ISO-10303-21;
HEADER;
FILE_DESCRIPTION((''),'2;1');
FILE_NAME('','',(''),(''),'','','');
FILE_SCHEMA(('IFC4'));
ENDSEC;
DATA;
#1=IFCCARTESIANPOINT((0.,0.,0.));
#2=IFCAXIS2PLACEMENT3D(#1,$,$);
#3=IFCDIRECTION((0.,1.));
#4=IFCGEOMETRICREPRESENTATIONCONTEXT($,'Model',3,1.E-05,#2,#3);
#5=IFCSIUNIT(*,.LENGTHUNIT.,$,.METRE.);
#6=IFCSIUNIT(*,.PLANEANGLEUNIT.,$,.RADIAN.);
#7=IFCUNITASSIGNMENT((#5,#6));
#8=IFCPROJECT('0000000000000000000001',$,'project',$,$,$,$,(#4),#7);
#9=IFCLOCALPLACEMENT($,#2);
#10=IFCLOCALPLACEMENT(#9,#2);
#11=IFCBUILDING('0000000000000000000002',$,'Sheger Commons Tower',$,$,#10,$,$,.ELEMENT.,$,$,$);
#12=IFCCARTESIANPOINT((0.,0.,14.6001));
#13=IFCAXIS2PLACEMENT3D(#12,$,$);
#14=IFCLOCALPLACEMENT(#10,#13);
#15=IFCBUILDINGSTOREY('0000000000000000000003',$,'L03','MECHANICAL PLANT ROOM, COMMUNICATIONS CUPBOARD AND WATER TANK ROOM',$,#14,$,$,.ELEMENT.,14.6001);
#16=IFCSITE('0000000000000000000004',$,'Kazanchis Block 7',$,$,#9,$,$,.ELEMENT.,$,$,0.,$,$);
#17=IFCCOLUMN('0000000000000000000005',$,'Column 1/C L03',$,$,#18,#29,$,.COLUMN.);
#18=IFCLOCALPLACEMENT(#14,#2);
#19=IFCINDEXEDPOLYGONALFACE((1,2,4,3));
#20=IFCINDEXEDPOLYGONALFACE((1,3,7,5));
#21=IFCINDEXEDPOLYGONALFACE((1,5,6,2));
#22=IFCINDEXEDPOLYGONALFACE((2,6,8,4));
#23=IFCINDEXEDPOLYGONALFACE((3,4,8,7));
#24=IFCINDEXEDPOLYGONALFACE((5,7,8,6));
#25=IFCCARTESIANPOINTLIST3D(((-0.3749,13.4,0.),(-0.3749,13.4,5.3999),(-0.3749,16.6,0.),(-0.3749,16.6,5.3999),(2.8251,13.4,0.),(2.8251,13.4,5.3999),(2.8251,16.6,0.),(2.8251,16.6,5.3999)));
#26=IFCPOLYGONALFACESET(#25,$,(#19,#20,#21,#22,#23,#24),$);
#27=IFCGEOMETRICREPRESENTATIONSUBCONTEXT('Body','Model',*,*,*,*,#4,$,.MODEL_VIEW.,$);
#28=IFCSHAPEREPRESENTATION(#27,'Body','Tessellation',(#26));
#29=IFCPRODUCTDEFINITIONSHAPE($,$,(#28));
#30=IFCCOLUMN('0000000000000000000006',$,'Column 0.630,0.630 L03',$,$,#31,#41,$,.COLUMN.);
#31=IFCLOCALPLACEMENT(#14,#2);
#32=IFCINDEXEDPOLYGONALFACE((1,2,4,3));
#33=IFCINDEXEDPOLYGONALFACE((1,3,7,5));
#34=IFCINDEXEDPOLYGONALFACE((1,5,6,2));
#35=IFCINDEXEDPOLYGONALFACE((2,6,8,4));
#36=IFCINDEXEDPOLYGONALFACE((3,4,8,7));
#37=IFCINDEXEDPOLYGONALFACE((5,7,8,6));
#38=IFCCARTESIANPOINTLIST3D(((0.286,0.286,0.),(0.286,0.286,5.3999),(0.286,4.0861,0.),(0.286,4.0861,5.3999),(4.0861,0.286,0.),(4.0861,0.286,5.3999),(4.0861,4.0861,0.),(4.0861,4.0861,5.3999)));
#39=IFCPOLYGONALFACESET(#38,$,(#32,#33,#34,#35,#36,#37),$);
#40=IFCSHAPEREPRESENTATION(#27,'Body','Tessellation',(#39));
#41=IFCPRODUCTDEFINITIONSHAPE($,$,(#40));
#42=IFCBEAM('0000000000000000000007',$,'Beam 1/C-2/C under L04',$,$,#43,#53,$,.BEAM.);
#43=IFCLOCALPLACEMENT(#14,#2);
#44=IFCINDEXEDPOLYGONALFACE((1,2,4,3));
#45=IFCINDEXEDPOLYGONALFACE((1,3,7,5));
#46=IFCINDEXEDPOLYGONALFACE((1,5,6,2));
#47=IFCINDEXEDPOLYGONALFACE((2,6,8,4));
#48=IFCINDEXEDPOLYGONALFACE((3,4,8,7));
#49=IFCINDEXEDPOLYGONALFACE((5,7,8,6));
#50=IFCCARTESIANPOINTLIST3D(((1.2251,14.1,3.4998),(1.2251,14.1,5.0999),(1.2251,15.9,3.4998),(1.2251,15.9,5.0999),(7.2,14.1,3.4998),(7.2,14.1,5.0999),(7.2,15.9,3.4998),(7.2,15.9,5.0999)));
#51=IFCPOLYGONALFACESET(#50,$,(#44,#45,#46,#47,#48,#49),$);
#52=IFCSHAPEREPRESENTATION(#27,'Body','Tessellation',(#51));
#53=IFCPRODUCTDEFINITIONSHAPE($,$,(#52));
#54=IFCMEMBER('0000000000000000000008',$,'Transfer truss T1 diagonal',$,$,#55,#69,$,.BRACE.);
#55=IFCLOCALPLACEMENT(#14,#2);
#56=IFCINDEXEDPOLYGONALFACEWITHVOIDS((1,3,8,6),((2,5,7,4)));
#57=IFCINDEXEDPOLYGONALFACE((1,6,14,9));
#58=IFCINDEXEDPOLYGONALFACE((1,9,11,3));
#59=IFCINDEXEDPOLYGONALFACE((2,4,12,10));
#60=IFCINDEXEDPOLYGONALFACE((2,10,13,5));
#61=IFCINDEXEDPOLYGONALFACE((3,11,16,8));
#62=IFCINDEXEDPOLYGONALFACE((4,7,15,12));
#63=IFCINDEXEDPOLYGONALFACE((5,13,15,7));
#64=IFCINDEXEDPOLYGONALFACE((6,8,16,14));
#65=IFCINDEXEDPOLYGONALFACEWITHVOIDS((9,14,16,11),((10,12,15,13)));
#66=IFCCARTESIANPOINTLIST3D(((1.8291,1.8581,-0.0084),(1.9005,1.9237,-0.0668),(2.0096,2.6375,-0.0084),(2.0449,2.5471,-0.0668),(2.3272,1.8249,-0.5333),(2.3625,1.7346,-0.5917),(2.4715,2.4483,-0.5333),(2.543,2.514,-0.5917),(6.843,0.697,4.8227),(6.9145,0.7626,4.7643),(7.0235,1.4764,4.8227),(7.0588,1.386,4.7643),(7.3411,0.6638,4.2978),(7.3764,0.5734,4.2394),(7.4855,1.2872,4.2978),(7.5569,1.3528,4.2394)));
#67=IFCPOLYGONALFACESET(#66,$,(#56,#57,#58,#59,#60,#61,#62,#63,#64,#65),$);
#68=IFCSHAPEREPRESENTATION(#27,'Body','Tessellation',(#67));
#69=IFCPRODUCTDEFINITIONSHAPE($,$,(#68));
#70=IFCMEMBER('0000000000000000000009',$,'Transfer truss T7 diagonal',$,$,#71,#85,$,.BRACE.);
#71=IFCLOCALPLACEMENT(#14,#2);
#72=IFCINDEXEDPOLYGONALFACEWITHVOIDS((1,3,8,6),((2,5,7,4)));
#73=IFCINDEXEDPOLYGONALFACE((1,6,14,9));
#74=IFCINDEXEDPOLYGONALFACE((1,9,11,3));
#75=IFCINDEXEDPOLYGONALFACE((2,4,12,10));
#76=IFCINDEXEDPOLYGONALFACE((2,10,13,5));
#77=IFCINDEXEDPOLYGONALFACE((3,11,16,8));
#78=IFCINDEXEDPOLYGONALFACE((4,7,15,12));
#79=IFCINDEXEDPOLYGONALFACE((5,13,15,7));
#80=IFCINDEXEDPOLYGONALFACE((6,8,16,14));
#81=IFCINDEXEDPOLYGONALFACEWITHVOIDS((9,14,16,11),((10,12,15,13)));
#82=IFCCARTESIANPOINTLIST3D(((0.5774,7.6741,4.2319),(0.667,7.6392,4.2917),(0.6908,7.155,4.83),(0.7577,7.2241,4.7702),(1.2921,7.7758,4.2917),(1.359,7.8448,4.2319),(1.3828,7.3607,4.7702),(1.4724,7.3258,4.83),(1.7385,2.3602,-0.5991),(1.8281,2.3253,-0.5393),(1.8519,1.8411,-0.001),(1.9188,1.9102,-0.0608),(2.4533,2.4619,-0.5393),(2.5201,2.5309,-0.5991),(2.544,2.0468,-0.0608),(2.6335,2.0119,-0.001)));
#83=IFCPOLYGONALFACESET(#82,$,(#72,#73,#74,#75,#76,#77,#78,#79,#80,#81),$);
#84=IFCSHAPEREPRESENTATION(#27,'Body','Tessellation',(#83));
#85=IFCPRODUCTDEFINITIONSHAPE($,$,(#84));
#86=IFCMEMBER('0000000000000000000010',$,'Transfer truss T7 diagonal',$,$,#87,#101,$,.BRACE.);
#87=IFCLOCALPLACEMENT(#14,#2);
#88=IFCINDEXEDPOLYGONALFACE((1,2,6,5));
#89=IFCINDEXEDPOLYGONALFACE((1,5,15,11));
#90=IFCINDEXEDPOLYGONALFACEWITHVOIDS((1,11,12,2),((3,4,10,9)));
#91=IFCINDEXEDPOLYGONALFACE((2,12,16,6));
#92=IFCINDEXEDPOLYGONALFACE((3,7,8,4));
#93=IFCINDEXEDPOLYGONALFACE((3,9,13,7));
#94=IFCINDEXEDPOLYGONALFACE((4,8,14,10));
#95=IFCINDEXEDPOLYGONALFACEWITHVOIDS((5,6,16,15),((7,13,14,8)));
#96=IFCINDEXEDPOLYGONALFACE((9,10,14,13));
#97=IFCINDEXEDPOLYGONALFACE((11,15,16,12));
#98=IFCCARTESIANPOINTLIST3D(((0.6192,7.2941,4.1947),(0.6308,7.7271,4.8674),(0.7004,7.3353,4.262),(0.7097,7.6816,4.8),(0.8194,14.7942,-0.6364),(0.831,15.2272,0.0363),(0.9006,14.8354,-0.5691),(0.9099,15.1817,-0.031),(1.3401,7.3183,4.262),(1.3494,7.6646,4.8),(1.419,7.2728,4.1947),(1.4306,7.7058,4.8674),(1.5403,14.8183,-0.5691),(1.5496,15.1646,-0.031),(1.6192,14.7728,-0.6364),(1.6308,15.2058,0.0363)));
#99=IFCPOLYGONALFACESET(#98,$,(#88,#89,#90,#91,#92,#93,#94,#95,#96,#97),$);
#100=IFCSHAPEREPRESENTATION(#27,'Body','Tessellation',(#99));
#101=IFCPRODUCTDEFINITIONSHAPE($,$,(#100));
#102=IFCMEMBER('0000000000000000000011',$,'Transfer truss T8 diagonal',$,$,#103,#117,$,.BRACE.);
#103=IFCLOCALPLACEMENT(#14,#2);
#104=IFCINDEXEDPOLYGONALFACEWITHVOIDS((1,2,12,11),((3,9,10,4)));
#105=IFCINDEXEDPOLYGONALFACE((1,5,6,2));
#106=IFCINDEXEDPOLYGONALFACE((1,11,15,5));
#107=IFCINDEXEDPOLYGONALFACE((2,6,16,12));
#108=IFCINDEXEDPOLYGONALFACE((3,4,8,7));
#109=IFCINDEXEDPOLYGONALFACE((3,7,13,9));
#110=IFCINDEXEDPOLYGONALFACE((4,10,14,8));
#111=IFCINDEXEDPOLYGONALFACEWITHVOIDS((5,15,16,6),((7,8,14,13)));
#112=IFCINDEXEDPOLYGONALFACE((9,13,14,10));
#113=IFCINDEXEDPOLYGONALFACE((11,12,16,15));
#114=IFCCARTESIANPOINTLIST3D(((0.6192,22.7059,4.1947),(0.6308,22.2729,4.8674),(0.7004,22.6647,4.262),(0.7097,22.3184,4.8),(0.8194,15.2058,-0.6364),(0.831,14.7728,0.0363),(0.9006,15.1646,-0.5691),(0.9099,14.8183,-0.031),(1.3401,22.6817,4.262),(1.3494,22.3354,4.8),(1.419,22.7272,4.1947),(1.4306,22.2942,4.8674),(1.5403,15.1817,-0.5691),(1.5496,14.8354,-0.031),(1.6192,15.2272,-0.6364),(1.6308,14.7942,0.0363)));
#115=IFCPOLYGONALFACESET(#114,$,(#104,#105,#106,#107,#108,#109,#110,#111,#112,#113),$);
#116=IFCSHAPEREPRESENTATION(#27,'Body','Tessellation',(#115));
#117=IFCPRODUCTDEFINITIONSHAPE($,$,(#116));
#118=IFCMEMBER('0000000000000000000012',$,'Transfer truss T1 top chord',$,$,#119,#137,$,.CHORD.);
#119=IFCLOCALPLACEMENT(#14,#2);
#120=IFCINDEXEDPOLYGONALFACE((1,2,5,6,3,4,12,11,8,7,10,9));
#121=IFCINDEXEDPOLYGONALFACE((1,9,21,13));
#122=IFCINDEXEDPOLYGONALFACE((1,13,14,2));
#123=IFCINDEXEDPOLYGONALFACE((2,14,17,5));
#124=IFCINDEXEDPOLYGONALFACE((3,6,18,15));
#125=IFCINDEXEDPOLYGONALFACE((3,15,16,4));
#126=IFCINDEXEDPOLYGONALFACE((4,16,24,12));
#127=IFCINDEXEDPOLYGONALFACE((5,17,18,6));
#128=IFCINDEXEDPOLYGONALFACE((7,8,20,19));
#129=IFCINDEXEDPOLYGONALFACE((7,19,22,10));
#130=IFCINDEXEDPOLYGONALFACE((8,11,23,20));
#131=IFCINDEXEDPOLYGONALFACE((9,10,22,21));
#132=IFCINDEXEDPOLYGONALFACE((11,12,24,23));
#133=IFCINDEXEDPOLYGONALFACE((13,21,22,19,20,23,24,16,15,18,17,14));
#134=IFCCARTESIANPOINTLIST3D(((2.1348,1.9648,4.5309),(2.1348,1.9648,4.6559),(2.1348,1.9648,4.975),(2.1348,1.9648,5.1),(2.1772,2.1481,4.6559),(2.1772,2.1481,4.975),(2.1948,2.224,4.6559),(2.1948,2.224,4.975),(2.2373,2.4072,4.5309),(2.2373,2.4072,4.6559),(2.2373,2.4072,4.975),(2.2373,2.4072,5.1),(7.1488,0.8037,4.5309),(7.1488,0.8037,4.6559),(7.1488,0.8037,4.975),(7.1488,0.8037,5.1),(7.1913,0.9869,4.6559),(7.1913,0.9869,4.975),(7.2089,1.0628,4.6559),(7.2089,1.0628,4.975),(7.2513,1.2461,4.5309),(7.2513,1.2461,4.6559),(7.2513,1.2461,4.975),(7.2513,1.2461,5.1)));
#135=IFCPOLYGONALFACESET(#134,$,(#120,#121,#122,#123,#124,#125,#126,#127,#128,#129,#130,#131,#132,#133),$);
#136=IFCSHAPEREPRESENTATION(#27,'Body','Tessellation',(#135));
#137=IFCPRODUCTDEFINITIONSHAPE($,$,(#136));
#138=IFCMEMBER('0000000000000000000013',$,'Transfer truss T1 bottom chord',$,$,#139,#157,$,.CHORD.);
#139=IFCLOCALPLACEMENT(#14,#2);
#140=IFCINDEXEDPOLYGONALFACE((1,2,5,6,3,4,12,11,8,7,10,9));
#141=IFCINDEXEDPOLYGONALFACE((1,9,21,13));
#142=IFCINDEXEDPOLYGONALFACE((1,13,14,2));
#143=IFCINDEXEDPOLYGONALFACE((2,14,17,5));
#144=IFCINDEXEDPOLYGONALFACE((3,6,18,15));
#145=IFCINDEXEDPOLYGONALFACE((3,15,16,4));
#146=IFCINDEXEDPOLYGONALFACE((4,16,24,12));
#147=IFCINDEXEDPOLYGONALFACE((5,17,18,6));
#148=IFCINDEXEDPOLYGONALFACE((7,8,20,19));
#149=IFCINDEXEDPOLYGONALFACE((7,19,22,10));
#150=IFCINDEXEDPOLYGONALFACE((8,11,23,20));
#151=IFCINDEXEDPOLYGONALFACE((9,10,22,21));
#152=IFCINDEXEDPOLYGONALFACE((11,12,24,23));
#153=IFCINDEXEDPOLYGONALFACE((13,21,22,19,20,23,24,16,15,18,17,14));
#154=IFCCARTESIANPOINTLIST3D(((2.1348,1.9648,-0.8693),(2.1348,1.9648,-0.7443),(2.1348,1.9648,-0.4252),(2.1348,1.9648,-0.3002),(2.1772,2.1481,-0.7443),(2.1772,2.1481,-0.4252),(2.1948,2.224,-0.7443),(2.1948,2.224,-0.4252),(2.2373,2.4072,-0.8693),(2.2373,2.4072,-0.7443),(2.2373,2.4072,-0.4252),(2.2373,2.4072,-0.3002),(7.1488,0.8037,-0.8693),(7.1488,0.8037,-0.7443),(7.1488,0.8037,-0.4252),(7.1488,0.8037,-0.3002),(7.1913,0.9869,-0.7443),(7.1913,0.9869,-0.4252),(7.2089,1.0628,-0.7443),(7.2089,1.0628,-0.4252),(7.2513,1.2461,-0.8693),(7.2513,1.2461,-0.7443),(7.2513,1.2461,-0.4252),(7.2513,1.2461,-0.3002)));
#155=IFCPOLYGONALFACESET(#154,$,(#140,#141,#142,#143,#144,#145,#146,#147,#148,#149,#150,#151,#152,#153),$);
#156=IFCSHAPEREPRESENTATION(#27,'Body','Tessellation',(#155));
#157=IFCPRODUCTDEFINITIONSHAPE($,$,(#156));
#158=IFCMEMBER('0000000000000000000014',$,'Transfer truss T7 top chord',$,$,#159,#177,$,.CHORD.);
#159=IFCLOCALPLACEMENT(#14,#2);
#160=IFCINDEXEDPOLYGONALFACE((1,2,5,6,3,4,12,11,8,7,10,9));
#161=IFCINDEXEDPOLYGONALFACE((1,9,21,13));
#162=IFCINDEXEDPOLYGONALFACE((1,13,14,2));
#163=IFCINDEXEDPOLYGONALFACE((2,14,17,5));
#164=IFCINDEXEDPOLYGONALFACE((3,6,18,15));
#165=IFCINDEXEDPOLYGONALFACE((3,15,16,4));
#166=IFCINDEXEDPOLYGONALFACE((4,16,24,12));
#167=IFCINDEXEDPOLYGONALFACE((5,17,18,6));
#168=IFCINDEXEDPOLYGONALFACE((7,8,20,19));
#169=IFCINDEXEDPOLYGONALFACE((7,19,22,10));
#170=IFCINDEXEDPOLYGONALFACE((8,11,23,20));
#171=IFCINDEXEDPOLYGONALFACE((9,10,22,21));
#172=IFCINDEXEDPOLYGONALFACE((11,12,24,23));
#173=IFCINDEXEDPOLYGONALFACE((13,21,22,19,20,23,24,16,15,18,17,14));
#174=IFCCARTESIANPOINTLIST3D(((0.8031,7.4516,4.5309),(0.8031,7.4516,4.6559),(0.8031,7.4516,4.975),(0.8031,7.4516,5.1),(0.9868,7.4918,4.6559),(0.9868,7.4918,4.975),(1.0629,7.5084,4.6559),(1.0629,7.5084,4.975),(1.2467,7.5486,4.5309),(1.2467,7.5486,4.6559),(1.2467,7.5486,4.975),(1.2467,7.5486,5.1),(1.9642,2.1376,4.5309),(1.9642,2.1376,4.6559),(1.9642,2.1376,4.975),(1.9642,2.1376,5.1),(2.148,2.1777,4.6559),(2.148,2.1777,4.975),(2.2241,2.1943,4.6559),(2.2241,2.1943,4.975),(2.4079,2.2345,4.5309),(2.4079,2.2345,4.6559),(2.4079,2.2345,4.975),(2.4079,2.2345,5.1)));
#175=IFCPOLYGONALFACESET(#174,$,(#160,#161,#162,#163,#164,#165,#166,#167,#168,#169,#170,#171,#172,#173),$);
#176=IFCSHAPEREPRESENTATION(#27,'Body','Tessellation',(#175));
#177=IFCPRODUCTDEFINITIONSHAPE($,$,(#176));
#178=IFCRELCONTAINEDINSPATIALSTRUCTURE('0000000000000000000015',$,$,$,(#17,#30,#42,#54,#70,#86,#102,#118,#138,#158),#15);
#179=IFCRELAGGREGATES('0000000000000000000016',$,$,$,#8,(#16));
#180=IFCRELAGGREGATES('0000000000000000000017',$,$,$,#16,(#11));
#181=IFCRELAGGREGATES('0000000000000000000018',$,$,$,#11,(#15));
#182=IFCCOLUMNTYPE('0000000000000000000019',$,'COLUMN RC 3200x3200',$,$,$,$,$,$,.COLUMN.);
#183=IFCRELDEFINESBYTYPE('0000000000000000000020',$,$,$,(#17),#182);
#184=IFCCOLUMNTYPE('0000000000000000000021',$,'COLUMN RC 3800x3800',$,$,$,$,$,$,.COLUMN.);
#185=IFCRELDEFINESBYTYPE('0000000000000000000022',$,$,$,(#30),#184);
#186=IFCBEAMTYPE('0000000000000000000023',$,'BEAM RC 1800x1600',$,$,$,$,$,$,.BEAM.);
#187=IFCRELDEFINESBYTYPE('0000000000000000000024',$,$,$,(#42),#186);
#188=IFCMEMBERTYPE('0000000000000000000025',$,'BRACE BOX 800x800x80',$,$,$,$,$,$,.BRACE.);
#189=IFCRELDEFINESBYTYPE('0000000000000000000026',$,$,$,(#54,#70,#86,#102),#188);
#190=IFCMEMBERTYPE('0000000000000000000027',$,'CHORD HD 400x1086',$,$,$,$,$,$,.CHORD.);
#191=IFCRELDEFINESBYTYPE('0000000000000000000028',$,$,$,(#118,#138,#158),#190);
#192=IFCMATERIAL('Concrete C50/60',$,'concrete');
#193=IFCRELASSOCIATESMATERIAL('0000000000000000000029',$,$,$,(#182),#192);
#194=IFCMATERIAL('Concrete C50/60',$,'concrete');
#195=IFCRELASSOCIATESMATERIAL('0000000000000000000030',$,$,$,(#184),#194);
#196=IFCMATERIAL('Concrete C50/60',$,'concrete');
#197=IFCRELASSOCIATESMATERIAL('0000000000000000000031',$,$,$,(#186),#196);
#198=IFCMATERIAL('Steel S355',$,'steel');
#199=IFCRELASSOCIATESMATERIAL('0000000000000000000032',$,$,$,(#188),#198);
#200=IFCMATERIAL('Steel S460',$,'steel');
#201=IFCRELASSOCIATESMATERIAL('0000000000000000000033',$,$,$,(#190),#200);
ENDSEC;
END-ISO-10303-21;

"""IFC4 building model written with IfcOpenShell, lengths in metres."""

from ifc_helpers import new_model, si_unit, direction, frame, origin, origin_2d, place, context, subcontext, project, spatial, rectangle, hollow_rectangle, i_section, extrude, material, material_profile, profile_set, type_object, element, save


model = new_model("IFC4")

# Units and contexts
model_context = context("Model", 3, precision=1e-05, world=origin(), true_north=direction((0.0, 1.0)))
body_context = subcontext(model_context, "Body", "Model", "MODEL_VIEW")
ifc_project = project(units=[si_unit("LENGTHUNIT", "METRE"), si_unit("PLANEANGLEUNIT", "RADIAN")], contexts=[model_context])

# Site, building, storey
site_placement = place(None, origin())
site = spatial("IfcSite", under=ifc_project, at=site_placement, Name="Kazanchis Block 7", CompositionType="ELEMENT", RefElevation=0.0)
building_placement = place(site_placement, origin())
building = spatial("IfcBuilding", under=site, at=building_placement, Name="Sheger Commons Tower", CompositionType="ELEMENT")
storey_placement = place(building_placement, frame((0.0, 0.0, 14.6001)))
storey = spatial("IfcBuildingStorey", under=building, at=storey_placement, Name="L03", Description="MECHANICAL PLANT ROOM, COMMUNICATIONS CUPBOARD AND WATER TANK ROOM", CompositionType="ELEMENT", Elevation=14.6001)

# Columns
ifc_material_1 = material(Name="Concrete C50/60", Category="concrete")
ifc_material_profile_1 = material_profile(ifc_material_1, rectangle(XDim=3.2, YDim=3.2, at=origin_2d()), Name="RC 3200x3200")
ifc_profile_set_1 = profile_set([ifc_material_profile_1], Name="Concrete C50/60")
column_type_1 = type_object("IfcColumnType", Name="COLUMN RC 3200x3200", PredefinedType="COLUMN", material=ifc_profile_set_1)
column_1_placement = place(storey_placement, frame((1.2251, 15.0, 0.0), z_axis=(0.0, 0.0, 1.0), x_axis=(1.0, 0.0, 0.0)))
element("IfcColumn", 1, at=column_1_placement, inside=storey, type_object=column_type_1, Name="Column 1/C L03", PredefinedType="COLUMN", context=body_context, shape_type="SweptSolid", body=[
    extrude(rectangle(XDim=3.2, YDim=3.2, at=origin_2d()), origin(), (0.0, 0.0, 1.0), 5.3999),
])
ifc_material_2 = material(Name="Concrete C50/60", Category="concrete")
ifc_material_profile_2 = material_profile(ifc_material_2, rectangle(XDim=3.8, YDim=3.8, at=origin_2d()), Name="RC 3800x3800")
ifc_profile_set_2 = profile_set([ifc_material_profile_2], Name="Concrete C50/60")
column_type_2 = type_object("IfcColumnType", Name="COLUMN RC 3800x3800", PredefinedType="COLUMN", material=ifc_profile_set_2)
column_2_placement = place(storey_placement, frame((2.186, 2.186, 0.0), z_axis=(0.0, 0.0, 1.0), x_axis=(1.0, 0.0, 0.0)))
element("IfcColumn", 2, at=column_2_placement, inside=storey, type_object=column_type_2, Name="Column 0.630,0.630 L03", PredefinedType="COLUMN", context=body_context, shape_type="SweptSolid", body=[
    extrude(rectangle(XDim=3.8, YDim=3.8, at=origin_2d()), origin(), (0.0, 0.0, 1.0), 5.3999),
])

# Beam
ifc_material_3 = material(Name="Concrete C50/60", Category="concrete")
ifc_material_profile_3 = material_profile(ifc_material_3, rectangle(XDim=1.8, YDim=1.6001, at=origin_2d()), Name="RC 1800x1600")
ifc_profile_set_3 = profile_set([ifc_material_profile_3], Name="Concrete C50/60")
beam_type = type_object("IfcBeamType", Name="BEAM RC 1800x1600", PredefinedType="BEAM", material=ifc_profile_set_3)
beam_placement = place(storey_placement, frame((1.2251, 15.0, 4.2998), z_axis=(1.0, 0.0, 0.0), x_axis=(0.0, 1.0, 0.0)))
element("IfcBeam", 3, at=beam_placement, inside=storey, type_object=beam_type, Name="Beam 1/C-2/C under L04", PredefinedType="BEAM", context=body_context, shape_type="SweptSolid", body=[
    extrude(rectangle(XDim=1.8, YDim=1.6001, at=origin_2d()), origin(), (0.0, 0.0, 1.0), 5.9749),
])

# Members
ifc_material_4 = material(Name="Steel S355", Category="steel")
ifc_material_profile_4 = material_profile(ifc_material_4, hollow_rectangle(XDim=0.8, YDim=0.8, WallThickness=0.0801, at=origin_2d()), Name="BOX 800x800x80")
ifc_profile_set_4 = profile_set([ifc_material_profile_4], Name="Steel S355")
member_type_1 = type_object("IfcMemberType", Name="BRACE BOX 800x800x80", PredefinedType="BRACE", material=ifc_profile_set_4)
member_1_placement = place(storey_placement, frame((2.186, 2.186, -0.3), z_axis=(0.710307, -0.164494, 0.684402), x_axis=(0.225611, 0.974217, 0.0)))
element("IfcMember", 4, at=member_1_placement, inside=storey, type_object=member_type_1, Name="Transfer truss T1 diagonal", PredefinedType="BRACE", context=body_context, shape_type="SweptSolid", body=[
    extrude(hollow_rectangle(XDim=0.8, YDim=0.8, WallThickness=0.0801, at=origin_2d()), origin(), (0.0, 0.0, 1.0), 7.0588),
])
member_2_placement = place(storey_placement, frame((2.186, 2.186, -0.3), z_axis=(-0.159606, 0.730442, 0.664063), x_axis=(-0.97695, -0.213469, 0.0)))
element("IfcMember", 5, at=member_2_placement, inside=storey, type_object=member_type_1, Name="Transfer truss T7 diagonal", PredefinedType="BRACE", context=body_context, shape_type="SweptSolid", body=[
    extrude(hollow_rectangle(XDim=0.8, YDim=0.8, WallThickness=0.0801, at=origin_2d()), origin(), (0.0, 0.0, 1.0), 7.2749),
])
for number, where, z_axis, x_axis, name in (
    (6, (1.2251, 15.0, -0.3), (-0.022435, -0.840476, 0.541385), (0.999644, -0.026683, 0.0), "Transfer truss T7 diagonal"),
    (7, (1.2251, 15.0, -0.3), (-0.022435, 0.840476, 0.541385), (-0.999644, -0.026683, 0.0), "Transfer truss T8 diagonal"),
):
    element("IfcMember", number, at=place(storey_placement, frame(where, z_axis=z_axis, x_axis=x_axis)), inside=storey, type_object=member_type_1, Name=name, PredefinedType="BRACE", context=body_context, shape_type="SweptSolid", body=[
        extrude(hollow_rectangle(XDim=0.8, YDim=0.8, WallThickness=0.0801, at=origin_2d()), origin(), (0.0, 0.0, 1.0), 8.9236),
    ])
ifc_material_5 = material(Name="Steel S460", Category="steel")
ifc_material_profile_5 = material_profile(ifc_material_5, i_section(OverallWidth=0.4541, OverallDepth=0.5691, WebThickness=0.0779, FlangeThickness=0.125, at=origin_2d()), Name="HD 400x1086")
ifc_profile_set_5 = profile_set([ifc_material_profile_5], Name="Steel S460")
member_type_2 = type_object("IfcMemberType", Name="CHORD HD 400x1086", PredefinedType="CHORD", material=ifc_profile_set_5)
for number, where, z_axis, x_axis, name in (
    (8, (2.186, 2.186, 4.8154), (0.974217, -0.225611, 0.0), (0.225611, 0.974217, 0.0), "Transfer truss T1 top chord"),
    (9, (2.186, 2.186, -0.5847), (0.974217, -0.225611, 0.0), (0.225611, 0.974217, 0.0), "Transfer truss T1 bottom chord"),
):
    element("IfcMember", number, at=place(storey_placement, frame(where, z_axis=z_axis, x_axis=x_axis)), inside=storey, type_object=member_type_2, Name=name, PredefinedType="CHORD", context=body_context, shape_type="SweptSolid", body=[
        extrude(i_section(OverallWidth=0.4541, OverallDepth=0.5691, WebThickness=0.0779, FlangeThickness=0.125, at=origin_2d()), origin(), (0.0, 0.0, 1.0), 5.1467),
    ])
member_3_placement = place(storey_placement, frame((2.186, 2.186, 4.8154), z_axis=(-0.213469, 0.97695, 0.0), x_axis=(-0.97695, -0.213469, 0.0)))
element("IfcMember", 10, at=member_3_placement, inside=storey, type_object=member_type_2, Name="Transfer truss T7 top chord", PredefinedType="CHORD", context=body_context, shape_type="SweptSolid", body=[
    extrude(i_section(OverallWidth=0.4541, OverallDepth=0.5691, WebThickness=0.0779, FlangeThickness=0.125, at=origin_2d()), origin(), (0.0, 0.0, 1.0), 5.4395),
])

save(model, "model.ifc")
